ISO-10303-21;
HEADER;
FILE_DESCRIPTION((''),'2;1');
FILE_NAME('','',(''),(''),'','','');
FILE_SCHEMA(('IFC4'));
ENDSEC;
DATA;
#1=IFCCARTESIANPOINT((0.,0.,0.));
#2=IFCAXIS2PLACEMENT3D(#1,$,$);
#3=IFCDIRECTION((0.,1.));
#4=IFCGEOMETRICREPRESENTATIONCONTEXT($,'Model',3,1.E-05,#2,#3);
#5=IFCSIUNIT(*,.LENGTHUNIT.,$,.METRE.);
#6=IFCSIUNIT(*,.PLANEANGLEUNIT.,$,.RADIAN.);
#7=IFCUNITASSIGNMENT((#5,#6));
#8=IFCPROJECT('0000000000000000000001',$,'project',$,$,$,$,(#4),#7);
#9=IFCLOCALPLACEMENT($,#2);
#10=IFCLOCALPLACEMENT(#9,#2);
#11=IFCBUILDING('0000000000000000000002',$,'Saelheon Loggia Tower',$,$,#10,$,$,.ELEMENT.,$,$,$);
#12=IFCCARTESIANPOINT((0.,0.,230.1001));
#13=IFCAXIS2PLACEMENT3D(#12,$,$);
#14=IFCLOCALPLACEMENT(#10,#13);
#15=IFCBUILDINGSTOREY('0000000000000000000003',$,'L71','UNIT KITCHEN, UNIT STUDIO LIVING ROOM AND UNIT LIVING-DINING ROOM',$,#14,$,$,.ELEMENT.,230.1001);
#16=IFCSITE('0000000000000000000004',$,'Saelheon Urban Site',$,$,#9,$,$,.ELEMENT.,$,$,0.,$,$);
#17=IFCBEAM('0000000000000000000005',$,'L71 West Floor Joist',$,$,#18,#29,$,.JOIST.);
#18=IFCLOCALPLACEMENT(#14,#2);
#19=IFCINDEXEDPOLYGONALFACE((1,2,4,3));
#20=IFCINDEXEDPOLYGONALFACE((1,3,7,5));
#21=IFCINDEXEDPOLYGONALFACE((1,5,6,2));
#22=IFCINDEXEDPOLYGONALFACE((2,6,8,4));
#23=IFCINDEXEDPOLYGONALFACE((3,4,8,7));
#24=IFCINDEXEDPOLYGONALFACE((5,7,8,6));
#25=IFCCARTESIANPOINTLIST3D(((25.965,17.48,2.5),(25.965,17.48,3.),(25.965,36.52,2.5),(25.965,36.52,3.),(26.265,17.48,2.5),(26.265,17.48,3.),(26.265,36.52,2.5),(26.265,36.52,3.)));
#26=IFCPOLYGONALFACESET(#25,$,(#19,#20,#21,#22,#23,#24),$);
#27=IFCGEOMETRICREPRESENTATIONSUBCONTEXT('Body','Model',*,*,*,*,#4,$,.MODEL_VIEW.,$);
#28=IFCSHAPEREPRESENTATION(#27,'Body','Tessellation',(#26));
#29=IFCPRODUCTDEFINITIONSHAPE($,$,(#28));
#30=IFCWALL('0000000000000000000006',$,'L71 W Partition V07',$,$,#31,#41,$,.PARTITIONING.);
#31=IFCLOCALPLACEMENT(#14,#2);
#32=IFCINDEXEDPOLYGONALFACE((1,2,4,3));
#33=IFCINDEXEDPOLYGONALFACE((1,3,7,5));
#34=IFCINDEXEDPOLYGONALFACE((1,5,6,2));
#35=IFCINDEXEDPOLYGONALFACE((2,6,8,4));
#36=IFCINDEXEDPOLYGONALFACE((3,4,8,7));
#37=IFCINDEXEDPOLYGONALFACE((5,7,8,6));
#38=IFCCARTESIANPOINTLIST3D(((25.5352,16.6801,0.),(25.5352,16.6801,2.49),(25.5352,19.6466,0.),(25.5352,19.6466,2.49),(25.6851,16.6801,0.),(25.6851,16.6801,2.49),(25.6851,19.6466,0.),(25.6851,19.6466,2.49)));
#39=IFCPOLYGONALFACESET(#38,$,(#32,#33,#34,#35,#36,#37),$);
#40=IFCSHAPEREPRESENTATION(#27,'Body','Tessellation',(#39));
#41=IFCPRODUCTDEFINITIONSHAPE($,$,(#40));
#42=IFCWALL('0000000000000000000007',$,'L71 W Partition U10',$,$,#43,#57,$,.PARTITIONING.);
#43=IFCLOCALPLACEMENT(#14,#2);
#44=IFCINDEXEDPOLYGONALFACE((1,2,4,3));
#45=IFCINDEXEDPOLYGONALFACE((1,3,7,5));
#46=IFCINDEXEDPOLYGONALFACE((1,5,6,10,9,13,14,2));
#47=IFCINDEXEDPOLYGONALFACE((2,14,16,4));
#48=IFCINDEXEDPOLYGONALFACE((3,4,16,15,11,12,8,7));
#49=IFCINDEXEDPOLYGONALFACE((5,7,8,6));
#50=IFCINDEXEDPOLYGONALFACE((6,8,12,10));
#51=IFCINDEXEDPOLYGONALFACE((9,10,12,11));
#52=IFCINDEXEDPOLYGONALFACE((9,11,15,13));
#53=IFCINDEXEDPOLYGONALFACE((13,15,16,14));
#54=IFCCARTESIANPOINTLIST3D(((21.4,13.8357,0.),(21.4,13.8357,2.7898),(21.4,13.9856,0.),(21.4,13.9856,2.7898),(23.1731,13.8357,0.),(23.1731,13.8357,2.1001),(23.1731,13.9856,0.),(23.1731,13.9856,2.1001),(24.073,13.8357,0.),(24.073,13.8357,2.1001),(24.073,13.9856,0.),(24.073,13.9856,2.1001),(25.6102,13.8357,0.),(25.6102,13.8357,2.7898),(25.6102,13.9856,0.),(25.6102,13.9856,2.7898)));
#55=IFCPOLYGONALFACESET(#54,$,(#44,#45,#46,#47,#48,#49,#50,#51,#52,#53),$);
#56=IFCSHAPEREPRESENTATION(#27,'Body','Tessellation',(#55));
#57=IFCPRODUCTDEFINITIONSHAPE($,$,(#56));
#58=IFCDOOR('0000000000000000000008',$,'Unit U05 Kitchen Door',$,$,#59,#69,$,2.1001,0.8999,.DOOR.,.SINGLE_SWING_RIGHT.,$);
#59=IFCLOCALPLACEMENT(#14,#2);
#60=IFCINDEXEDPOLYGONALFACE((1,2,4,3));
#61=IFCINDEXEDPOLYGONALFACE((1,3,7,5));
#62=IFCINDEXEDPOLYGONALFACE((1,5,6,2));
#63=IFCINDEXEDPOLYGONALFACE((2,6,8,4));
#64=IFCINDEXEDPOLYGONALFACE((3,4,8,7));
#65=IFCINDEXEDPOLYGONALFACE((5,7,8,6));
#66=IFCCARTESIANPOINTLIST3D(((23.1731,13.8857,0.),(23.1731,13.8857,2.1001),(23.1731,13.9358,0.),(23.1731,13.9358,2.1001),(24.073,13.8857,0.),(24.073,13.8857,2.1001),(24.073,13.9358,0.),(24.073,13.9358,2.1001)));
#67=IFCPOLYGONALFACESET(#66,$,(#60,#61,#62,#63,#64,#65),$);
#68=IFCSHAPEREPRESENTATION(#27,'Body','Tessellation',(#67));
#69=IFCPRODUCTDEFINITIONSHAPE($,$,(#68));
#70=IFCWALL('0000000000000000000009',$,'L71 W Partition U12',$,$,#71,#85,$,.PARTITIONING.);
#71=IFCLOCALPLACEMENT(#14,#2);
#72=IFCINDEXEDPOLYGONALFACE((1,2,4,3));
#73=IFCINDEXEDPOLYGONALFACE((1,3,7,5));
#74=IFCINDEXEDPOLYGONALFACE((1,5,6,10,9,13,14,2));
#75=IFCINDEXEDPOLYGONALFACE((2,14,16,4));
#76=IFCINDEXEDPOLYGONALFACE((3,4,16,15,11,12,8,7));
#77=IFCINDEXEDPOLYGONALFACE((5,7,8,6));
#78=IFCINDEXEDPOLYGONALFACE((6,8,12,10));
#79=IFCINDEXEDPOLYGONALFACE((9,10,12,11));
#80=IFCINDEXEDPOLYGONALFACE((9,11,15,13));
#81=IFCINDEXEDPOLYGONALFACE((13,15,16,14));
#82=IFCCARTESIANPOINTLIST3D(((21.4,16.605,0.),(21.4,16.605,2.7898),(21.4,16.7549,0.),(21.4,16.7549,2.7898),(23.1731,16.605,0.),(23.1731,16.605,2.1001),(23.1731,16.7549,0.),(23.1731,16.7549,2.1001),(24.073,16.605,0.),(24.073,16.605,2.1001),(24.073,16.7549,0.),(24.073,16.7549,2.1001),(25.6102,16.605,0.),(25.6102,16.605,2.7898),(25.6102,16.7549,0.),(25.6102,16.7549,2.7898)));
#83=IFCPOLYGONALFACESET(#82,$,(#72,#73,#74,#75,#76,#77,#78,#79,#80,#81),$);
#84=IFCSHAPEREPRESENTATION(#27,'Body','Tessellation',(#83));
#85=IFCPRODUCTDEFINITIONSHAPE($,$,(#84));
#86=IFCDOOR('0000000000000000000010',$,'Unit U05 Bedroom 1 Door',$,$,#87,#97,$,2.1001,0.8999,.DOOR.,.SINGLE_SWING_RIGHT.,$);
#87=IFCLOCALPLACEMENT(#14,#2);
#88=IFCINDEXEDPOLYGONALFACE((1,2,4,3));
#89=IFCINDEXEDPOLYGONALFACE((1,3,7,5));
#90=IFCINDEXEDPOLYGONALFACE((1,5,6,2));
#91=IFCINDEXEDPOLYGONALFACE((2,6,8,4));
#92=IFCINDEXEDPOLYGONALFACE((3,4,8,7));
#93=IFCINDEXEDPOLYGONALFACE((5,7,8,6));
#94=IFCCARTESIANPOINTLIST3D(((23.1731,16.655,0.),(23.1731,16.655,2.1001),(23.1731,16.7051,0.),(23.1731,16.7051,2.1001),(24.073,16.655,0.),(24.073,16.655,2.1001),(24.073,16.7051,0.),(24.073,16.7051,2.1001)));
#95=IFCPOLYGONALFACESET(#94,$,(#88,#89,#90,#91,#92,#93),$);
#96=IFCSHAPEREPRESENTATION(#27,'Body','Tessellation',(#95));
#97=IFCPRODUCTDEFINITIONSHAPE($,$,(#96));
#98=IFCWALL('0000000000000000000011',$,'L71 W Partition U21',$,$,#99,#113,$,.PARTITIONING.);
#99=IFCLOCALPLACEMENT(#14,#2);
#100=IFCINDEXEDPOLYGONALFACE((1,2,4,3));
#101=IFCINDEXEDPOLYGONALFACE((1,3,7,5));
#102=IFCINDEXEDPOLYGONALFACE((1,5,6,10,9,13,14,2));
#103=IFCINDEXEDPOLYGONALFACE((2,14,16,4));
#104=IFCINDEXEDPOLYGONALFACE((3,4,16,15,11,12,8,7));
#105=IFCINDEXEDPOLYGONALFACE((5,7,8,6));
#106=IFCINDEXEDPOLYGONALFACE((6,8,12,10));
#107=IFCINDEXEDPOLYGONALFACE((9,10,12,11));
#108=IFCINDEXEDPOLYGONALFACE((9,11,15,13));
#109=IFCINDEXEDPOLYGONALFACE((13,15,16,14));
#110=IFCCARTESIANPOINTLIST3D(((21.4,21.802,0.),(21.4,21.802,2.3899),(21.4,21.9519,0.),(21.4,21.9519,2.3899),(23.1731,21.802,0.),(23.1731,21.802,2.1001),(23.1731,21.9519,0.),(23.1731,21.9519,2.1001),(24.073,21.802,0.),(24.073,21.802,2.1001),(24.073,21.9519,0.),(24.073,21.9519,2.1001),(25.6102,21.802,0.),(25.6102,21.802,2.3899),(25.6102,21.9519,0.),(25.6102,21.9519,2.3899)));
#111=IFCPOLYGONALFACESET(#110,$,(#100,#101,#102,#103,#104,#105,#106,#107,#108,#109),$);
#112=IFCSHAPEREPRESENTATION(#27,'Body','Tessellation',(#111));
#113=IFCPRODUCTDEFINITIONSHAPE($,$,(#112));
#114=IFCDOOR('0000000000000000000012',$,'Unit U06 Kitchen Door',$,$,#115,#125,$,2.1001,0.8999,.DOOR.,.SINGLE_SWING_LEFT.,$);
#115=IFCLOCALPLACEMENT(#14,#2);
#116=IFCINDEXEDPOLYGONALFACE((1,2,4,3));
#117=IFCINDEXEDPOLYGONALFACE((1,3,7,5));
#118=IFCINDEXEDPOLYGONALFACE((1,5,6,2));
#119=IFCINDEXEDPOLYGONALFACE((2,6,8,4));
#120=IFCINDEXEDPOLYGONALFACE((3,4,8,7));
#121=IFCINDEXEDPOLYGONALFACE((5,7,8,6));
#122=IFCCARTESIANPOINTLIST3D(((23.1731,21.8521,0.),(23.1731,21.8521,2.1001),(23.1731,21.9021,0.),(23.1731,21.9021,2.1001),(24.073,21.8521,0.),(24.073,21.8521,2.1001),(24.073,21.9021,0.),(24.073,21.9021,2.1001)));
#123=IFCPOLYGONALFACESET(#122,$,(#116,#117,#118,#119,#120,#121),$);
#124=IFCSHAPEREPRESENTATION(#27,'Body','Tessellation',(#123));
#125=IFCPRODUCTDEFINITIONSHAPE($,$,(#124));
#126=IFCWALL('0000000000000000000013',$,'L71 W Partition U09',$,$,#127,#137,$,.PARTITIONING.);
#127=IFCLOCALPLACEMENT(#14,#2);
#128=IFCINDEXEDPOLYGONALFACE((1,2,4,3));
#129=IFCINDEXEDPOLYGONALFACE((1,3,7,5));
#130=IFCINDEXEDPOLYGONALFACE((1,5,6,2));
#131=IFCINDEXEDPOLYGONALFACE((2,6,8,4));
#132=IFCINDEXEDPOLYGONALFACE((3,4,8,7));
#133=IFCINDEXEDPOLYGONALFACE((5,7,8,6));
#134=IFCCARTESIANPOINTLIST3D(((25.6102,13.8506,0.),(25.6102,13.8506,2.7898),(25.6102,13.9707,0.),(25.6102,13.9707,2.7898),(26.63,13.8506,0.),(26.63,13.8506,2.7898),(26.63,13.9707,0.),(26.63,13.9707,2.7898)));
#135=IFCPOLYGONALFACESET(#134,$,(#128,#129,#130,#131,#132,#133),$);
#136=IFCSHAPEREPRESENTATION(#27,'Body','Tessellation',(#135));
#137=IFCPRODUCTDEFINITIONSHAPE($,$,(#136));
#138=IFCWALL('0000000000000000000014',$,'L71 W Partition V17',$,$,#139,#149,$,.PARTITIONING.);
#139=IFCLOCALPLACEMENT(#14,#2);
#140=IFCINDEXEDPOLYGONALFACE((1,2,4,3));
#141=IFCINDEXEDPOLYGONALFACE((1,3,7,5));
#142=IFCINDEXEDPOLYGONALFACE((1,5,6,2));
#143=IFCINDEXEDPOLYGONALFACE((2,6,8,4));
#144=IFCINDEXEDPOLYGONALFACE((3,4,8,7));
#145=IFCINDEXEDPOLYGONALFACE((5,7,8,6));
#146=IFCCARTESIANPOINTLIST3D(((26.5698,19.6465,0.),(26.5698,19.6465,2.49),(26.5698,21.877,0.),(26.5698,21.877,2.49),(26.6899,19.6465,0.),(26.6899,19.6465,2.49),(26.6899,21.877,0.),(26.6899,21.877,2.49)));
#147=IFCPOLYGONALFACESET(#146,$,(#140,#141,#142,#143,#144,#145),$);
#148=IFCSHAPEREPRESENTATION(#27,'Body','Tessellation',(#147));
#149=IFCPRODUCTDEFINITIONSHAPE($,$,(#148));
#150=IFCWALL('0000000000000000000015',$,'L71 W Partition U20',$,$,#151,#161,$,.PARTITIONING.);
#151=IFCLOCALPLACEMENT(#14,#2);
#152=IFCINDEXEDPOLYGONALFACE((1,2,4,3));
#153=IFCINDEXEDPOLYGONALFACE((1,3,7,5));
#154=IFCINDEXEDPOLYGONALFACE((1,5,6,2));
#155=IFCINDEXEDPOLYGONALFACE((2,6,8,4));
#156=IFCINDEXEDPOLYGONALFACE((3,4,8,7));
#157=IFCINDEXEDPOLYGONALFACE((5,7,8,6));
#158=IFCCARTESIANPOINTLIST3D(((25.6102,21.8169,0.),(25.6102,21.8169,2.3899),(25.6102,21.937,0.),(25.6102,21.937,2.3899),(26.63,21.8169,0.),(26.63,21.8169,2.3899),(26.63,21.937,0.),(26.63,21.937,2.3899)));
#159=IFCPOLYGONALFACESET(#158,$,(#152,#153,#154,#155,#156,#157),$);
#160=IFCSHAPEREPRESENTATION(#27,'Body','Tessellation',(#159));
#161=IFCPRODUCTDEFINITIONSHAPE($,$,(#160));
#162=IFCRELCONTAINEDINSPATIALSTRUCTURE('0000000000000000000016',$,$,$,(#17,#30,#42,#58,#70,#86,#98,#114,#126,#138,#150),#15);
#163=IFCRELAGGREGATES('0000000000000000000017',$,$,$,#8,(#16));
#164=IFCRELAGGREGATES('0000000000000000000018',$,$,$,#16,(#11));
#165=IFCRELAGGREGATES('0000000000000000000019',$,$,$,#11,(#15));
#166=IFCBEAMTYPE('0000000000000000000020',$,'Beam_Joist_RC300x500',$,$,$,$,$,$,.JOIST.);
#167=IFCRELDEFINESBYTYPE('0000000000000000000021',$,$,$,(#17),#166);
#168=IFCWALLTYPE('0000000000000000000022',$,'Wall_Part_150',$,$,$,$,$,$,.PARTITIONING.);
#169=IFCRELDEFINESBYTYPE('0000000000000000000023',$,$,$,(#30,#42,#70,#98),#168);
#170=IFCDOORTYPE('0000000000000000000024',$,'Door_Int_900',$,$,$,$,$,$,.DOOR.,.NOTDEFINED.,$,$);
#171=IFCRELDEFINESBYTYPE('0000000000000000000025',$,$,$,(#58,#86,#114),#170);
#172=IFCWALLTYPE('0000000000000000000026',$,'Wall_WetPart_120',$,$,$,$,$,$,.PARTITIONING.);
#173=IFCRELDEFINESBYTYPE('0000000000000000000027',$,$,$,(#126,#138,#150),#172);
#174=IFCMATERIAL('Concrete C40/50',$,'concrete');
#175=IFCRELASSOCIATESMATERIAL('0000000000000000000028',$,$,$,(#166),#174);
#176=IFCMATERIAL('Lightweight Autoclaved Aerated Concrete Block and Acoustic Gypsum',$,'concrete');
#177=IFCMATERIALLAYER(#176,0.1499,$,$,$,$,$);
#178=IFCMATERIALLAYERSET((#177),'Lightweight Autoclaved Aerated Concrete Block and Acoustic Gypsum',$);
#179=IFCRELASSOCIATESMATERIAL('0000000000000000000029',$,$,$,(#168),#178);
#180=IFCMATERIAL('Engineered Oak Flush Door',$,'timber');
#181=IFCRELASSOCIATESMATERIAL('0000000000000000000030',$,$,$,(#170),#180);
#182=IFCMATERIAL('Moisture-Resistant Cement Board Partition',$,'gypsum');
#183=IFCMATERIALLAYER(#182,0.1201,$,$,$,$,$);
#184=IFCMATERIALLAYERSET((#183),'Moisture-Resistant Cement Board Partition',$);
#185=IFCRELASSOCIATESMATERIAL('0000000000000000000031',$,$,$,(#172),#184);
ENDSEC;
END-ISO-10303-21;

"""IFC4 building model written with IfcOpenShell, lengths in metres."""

from ifc_helpers import new_model, si_unit, direction, frame, frame_2d, origin, origin_2d, place, context, subcontext, project, spatial, rectangle, extrude, source, transform, mapped, material, layer, layer_set, material_profile, profile_set, type_object, element, fill, save


model = new_model("IFC4")

# Units and contexts
model_context = context("Model", 3, precision=1e-05, world=origin(), true_north=direction((0.0, 1.0)))
body_context = subcontext(model_context, "Body", "Model", "MODEL_VIEW")
ifc_project = project(units=[si_unit("LENGTHUNIT", "METRE"), si_unit("PLANEANGLEUNIT", "RADIAN")], contexts=[model_context])

# Site, building, storey
site_placement = place(None, origin())
site = spatial("IfcSite", under=ifc_project, at=site_placement, Name="Saelheon Urban Site", CompositionType="ELEMENT", RefElevation=0.0)
building_placement = place(site_placement, origin())
building = spatial("IfcBuilding", under=site, at=building_placement, Name="Saelheon Loggia Tower", CompositionType="ELEMENT")
storey_placement = place(building_placement, frame((0.0, 0.0, 230.1001)))
storey = spatial("IfcBuildingStorey", under=building, at=storey_placement, Name="L71", Description="UNIT KITCHEN, UNIT STUDIO LIVING ROOM AND UNIT LIVING-DINING ROOM", CompositionType="ELEMENT", Elevation=230.1001)

# Beam
ifc_material_1 = material(Name="Concrete C40/50", Category="concrete")
ifc_material_profile = material_profile(ifc_material_1, rectangle(XDim=0.3, YDim=0.5, at=origin_2d()), Name="RC-300x500")
ifc_profile_set = profile_set([ifc_material_profile], Name="Concrete C40/50")
beam_type = type_object("IfcBeamType", Name="Beam_Joist_RC300x500", PredefinedType="JOIST", material=ifc_profile_set)
shared_shape_1 = source(origin(), body_context, "Body", "SweptSolid", [
    extrude(rectangle(XDim=0.3, YDim=0.5, at=origin_2d()), origin(), (0.0, 0.0, 1.0), 19.04),
])
beam_placement = place(storey_placement, frame((26.115, 17.48, 2.75), z_axis=(0.0, 1.0, 0.0), x_axis=(-1.0, 0.0, 0.0)))
element("IfcBeam", 1, at=beam_placement, inside=storey, type_object=beam_type, Name="L71 West Floor Joist", PredefinedType="JOIST", context=body_context, shape_type="MappedRepresentation", body=[
    mapped(shared_shape_1, transform((0.0, 0.0, 0.0), scale=1.0)),
])

# Wall
ifc_material_2 = material(Name="Lightweight Autoclaved Aerated Concrete Block and Acoustic Gypsum", Category="concrete")
ifc_layer_1 = layer(ifc_material_2, 0.1499)
ifc_layer_set_1 = layer_set([ifc_layer_1], Name="Lightweight Autoclaved Aerated Concrete Block and Acoustic Gypsum")
wall_type_1 = type_object("IfcWallType", Name="Wall_Part_150", PredefinedType="PARTITIONING", material=ifc_layer_set_1)
wall_1_placement = place(storey_placement, frame((25.6101, 16.6799, 0.0), z_axis=(0.0, 0.0, 1.0), x_axis=(0.0, 1.0, 0.0)))
element("IfcWall", 2, at=wall_1_placement, inside=storey, type_object=wall_type_1, Name="L71 W Partition V07", PredefinedType="PARTITIONING", context=body_context, shape_type="SweptSolid", body=[
    extrude(rectangle(XDim=2.9666, YDim=0.1499, at=frame_2d((1.4834, 0.0))), origin(), (0.0, 0.0, 1.0), 2.49),
])

# Walls, openings, doors
wall_2_placement = place(storey_placement, frame((25.6101, 13.9106, 0.0), z_axis=(0.0, 0.0, 1.0), x_axis=(-1.0, 0.0, 0.0)))
wall_2 = element("IfcWall", 3, at=wall_2_placement, inside=storey, type_object=wall_type_1, Name="L71 W Partition U10", PredefinedType="PARTITIONING", context=body_context, shape_type="SweptSolid", body=[
    extrude(rectangle(XDim=4.2102, YDim=0.1499, at=frame_2d((2.105, 0.0))), origin(), (0.0, 0.0, 1.0), 2.7898),
])
opening_1_placement = place(wall_2_placement, frame((1.5371, 0.0, 0.0)))
opening_1 = element("IfcOpeningElement", 4, at=opening_1_placement, cuts=wall_2, PredefinedType="OPENING", context=body_context, shape_type="SweptSolid", body=[
    extrude(rectangle(XDim=0.8999, YDim=2.1001, at=frame_2d((0.45, 1.05))), frame((0.0, 0.0869, 0.0), z_axis=(0.0, -1.0, 0.0), x_axis=(1.0, 0.0, 0.0)), (0.0, 0.0, 1.0), 0.1738),
])
ifc_material_3 = material(Name="Engineered Oak Flush Door", Category="timber")
door_type = type_object("IfcDoorType", Name="Door_Int_900", OperationType="NOTDEFINED", PredefinedType="DOOR", material=ifc_material_3)
shared_shape_2 = source(origin(), body_context, "Body", "SweptSolid", [
    extrude(rectangle(XDim=0.8999, YDim=2.1001, at=frame_2d((0.45, 1.05))), frame((0.0, 0.0249, 0.0), z_axis=(0.0, -1.0, 0.0), x_axis=(1.0, 0.0, 0.0)), (0.0, 0.0, 1.0), 0.05),
])
door_1_placement = place(opening_1_placement, origin())
door_1 = element("IfcDoor", 5, at=door_1_placement, inside=storey, type_object=door_type, Name="Unit U05 Kitchen Door", OperationType="SINGLE_SWING_RIGHT", OverallHeight=2.1001, OverallWidth=0.8999, PredefinedType="DOOR", context=body_context, shape_type="MappedRepresentation", body=[
    mapped(shared_shape_2, transform((0.0, 0.0, 0.0), scale=1.0)),
])
fill(opening_1, door_1)
wall_3_placement = place(storey_placement, frame((25.6101, 16.6799, 0.0), z_axis=(0.0, 0.0, 1.0), x_axis=(-1.0, 0.0, 0.0)))
wall_3 = element("IfcWall", 6, at=wall_3_placement, inside=storey, type_object=wall_type_1, Name="L71 W Partition U12", PredefinedType="PARTITIONING", context=body_context, shape_type="SweptSolid", body=[
    extrude(rectangle(XDim=4.2102, YDim=0.1499, at=frame_2d((2.105, 0.0))), origin(), (0.0, 0.0, 1.0), 2.7898),
])
opening_2_placement = place(wall_3_placement, frame((1.5371, 0.0, 0.0)))
opening_2 = element("IfcOpeningElement", 7, at=opening_2_placement, cuts=wall_3, PredefinedType="OPENING", context=body_context, shape_type="SweptSolid", body=[
    extrude(rectangle(XDim=0.8999, YDim=2.1001, at=frame_2d((0.45, 1.05))), frame((0.0, 0.0869, 0.0), z_axis=(0.0, -1.0, 0.0), x_axis=(1.0, 0.0, 0.0)), (0.0, 0.0, 1.0), 0.1738),
])
door_2_placement = place(opening_2_placement, origin())
door_2 = element("IfcDoor", 8, at=door_2_placement, inside=storey, type_object=door_type, Name="Unit U05 Bedroom 1 Door", OperationType="SINGLE_SWING_RIGHT", OverallHeight=2.1001, OverallWidth=0.8999, PredefinedType="DOOR", context=body_context, shape_type="MappedRepresentation", body=[
    mapped(shared_shape_2, transform((0.0, 0.0, 0.0), scale=1.0)),
])
fill(opening_2, door_2)
wall_4_placement = place(storey_placement, frame((25.6101, 21.877, 0.0), z_axis=(0.0, 0.0, 1.0), x_axis=(-1.0, 0.0, 0.0)))
wall_4 = element("IfcWall", 9, at=wall_4_placement, inside=storey, type_object=wall_type_1, Name="L71 W Partition U21", PredefinedType="PARTITIONING", context=body_context, shape_type="SweptSolid", body=[
    extrude(rectangle(XDim=4.2102, YDim=0.1499, at=frame_2d((2.105, 0.0))), origin(), (0.0, 0.0, 1.0), 2.3899),
])
opening_3_placement = place(wall_4_placement, frame((1.5371, 0.0, 0.0)))
opening_3 = element("IfcOpeningElement", 10, at=opening_3_placement, cuts=wall_4, PredefinedType="OPENING", context=body_context, shape_type="SweptSolid", body=[
    extrude(rectangle(XDim=0.8999, YDim=2.1001, at=frame_2d((0.45, 1.05))), frame((0.0, 0.0869, 0.0), z_axis=(0.0, -1.0, 0.0), x_axis=(1.0, 0.0, 0.0)), (0.0, 0.0, 1.0), 0.1738),
])
door_3_placement = place(opening_3_placement, origin())
door_3 = element("IfcDoor", 11, at=door_3_placement, inside=storey, type_object=door_type, Name="Unit U06 Kitchen Door", OperationType="SINGLE_SWING_LEFT", OverallHeight=2.1001, OverallWidth=0.8999, PredefinedType="DOOR", context=body_context, shape_type="MappedRepresentation", body=[
    mapped(shared_shape_2, transform((0.0, 0.0, 0.0), scale=1.0)),
])
fill(opening_3, door_3)

# Walls
ifc_material_4 = material(Name="Moisture-Resistant Cement Board Partition", Category="gypsum")
ifc_layer_2 = layer(ifc_material_4, 0.1201)
ifc_layer_set_2 = layer_set([ifc_layer_2], Name="Moisture-Resistant Cement Board Partition")
wall_type_2 = type_object("IfcWallType", Name="Wall_WetPart_120", PredefinedType="PARTITIONING", material=ifc_layer_set_2)
wall_5_placement = place(storey_placement, frame((26.6299, 13.9106, 0.0), z_axis=(0.0, 0.0, 1.0), x_axis=(-1.0, 0.0, 0.0)))
element("IfcWall", 12, at=wall_5_placement, inside=storey, type_object=wall_type_2, Name="L71 W Partition U09", PredefinedType="PARTITIONING", context=body_context, shape_type="SweptSolid", body=[
    extrude(rectangle(XDim=1.0198, YDim=0.1201, at=frame_2d((0.5098, 0.0))), origin(), (0.0, 0.0, 1.0), 2.7898),
])
wall_6_placement = place(storey_placement, frame((26.6299, 19.6465, 0.0), z_axis=(0.0, 0.0, 1.0), x_axis=(0.0, 1.0, 0.0)))
element("IfcWall", 13, at=wall_6_placement, inside=storey, type_object=wall_type_2, Name="L71 W Partition V17", PredefinedType="PARTITIONING", context=body_context, shape_type="SweptSolid", body=[
    extrude(rectangle(XDim=2.2305, YDim=0.1201, at=frame_2d((1.1152, 0.0))), origin(), (0.0, 0.0, 1.0), 2.49),
])
wall_7_placement = place(storey_placement, frame((26.6299, 21.877, 0.0), z_axis=(0.0, 0.0, 1.0), x_axis=(-1.0, 0.0, 0.0)))
element("IfcWall", 14, at=wall_7_placement, inside=storey, type_object=wall_type_2, Name="L71 W Partition U20", PredefinedType="PARTITIONING", context=body_context, shape_type="SweptSolid", body=[
    extrude(rectangle(XDim=1.0198, YDim=0.1201, at=frame_2d((0.5098, 0.0))), origin(), (0.0, 0.0, 1.0), 2.3899),
])

save(model, "model.ifc")
